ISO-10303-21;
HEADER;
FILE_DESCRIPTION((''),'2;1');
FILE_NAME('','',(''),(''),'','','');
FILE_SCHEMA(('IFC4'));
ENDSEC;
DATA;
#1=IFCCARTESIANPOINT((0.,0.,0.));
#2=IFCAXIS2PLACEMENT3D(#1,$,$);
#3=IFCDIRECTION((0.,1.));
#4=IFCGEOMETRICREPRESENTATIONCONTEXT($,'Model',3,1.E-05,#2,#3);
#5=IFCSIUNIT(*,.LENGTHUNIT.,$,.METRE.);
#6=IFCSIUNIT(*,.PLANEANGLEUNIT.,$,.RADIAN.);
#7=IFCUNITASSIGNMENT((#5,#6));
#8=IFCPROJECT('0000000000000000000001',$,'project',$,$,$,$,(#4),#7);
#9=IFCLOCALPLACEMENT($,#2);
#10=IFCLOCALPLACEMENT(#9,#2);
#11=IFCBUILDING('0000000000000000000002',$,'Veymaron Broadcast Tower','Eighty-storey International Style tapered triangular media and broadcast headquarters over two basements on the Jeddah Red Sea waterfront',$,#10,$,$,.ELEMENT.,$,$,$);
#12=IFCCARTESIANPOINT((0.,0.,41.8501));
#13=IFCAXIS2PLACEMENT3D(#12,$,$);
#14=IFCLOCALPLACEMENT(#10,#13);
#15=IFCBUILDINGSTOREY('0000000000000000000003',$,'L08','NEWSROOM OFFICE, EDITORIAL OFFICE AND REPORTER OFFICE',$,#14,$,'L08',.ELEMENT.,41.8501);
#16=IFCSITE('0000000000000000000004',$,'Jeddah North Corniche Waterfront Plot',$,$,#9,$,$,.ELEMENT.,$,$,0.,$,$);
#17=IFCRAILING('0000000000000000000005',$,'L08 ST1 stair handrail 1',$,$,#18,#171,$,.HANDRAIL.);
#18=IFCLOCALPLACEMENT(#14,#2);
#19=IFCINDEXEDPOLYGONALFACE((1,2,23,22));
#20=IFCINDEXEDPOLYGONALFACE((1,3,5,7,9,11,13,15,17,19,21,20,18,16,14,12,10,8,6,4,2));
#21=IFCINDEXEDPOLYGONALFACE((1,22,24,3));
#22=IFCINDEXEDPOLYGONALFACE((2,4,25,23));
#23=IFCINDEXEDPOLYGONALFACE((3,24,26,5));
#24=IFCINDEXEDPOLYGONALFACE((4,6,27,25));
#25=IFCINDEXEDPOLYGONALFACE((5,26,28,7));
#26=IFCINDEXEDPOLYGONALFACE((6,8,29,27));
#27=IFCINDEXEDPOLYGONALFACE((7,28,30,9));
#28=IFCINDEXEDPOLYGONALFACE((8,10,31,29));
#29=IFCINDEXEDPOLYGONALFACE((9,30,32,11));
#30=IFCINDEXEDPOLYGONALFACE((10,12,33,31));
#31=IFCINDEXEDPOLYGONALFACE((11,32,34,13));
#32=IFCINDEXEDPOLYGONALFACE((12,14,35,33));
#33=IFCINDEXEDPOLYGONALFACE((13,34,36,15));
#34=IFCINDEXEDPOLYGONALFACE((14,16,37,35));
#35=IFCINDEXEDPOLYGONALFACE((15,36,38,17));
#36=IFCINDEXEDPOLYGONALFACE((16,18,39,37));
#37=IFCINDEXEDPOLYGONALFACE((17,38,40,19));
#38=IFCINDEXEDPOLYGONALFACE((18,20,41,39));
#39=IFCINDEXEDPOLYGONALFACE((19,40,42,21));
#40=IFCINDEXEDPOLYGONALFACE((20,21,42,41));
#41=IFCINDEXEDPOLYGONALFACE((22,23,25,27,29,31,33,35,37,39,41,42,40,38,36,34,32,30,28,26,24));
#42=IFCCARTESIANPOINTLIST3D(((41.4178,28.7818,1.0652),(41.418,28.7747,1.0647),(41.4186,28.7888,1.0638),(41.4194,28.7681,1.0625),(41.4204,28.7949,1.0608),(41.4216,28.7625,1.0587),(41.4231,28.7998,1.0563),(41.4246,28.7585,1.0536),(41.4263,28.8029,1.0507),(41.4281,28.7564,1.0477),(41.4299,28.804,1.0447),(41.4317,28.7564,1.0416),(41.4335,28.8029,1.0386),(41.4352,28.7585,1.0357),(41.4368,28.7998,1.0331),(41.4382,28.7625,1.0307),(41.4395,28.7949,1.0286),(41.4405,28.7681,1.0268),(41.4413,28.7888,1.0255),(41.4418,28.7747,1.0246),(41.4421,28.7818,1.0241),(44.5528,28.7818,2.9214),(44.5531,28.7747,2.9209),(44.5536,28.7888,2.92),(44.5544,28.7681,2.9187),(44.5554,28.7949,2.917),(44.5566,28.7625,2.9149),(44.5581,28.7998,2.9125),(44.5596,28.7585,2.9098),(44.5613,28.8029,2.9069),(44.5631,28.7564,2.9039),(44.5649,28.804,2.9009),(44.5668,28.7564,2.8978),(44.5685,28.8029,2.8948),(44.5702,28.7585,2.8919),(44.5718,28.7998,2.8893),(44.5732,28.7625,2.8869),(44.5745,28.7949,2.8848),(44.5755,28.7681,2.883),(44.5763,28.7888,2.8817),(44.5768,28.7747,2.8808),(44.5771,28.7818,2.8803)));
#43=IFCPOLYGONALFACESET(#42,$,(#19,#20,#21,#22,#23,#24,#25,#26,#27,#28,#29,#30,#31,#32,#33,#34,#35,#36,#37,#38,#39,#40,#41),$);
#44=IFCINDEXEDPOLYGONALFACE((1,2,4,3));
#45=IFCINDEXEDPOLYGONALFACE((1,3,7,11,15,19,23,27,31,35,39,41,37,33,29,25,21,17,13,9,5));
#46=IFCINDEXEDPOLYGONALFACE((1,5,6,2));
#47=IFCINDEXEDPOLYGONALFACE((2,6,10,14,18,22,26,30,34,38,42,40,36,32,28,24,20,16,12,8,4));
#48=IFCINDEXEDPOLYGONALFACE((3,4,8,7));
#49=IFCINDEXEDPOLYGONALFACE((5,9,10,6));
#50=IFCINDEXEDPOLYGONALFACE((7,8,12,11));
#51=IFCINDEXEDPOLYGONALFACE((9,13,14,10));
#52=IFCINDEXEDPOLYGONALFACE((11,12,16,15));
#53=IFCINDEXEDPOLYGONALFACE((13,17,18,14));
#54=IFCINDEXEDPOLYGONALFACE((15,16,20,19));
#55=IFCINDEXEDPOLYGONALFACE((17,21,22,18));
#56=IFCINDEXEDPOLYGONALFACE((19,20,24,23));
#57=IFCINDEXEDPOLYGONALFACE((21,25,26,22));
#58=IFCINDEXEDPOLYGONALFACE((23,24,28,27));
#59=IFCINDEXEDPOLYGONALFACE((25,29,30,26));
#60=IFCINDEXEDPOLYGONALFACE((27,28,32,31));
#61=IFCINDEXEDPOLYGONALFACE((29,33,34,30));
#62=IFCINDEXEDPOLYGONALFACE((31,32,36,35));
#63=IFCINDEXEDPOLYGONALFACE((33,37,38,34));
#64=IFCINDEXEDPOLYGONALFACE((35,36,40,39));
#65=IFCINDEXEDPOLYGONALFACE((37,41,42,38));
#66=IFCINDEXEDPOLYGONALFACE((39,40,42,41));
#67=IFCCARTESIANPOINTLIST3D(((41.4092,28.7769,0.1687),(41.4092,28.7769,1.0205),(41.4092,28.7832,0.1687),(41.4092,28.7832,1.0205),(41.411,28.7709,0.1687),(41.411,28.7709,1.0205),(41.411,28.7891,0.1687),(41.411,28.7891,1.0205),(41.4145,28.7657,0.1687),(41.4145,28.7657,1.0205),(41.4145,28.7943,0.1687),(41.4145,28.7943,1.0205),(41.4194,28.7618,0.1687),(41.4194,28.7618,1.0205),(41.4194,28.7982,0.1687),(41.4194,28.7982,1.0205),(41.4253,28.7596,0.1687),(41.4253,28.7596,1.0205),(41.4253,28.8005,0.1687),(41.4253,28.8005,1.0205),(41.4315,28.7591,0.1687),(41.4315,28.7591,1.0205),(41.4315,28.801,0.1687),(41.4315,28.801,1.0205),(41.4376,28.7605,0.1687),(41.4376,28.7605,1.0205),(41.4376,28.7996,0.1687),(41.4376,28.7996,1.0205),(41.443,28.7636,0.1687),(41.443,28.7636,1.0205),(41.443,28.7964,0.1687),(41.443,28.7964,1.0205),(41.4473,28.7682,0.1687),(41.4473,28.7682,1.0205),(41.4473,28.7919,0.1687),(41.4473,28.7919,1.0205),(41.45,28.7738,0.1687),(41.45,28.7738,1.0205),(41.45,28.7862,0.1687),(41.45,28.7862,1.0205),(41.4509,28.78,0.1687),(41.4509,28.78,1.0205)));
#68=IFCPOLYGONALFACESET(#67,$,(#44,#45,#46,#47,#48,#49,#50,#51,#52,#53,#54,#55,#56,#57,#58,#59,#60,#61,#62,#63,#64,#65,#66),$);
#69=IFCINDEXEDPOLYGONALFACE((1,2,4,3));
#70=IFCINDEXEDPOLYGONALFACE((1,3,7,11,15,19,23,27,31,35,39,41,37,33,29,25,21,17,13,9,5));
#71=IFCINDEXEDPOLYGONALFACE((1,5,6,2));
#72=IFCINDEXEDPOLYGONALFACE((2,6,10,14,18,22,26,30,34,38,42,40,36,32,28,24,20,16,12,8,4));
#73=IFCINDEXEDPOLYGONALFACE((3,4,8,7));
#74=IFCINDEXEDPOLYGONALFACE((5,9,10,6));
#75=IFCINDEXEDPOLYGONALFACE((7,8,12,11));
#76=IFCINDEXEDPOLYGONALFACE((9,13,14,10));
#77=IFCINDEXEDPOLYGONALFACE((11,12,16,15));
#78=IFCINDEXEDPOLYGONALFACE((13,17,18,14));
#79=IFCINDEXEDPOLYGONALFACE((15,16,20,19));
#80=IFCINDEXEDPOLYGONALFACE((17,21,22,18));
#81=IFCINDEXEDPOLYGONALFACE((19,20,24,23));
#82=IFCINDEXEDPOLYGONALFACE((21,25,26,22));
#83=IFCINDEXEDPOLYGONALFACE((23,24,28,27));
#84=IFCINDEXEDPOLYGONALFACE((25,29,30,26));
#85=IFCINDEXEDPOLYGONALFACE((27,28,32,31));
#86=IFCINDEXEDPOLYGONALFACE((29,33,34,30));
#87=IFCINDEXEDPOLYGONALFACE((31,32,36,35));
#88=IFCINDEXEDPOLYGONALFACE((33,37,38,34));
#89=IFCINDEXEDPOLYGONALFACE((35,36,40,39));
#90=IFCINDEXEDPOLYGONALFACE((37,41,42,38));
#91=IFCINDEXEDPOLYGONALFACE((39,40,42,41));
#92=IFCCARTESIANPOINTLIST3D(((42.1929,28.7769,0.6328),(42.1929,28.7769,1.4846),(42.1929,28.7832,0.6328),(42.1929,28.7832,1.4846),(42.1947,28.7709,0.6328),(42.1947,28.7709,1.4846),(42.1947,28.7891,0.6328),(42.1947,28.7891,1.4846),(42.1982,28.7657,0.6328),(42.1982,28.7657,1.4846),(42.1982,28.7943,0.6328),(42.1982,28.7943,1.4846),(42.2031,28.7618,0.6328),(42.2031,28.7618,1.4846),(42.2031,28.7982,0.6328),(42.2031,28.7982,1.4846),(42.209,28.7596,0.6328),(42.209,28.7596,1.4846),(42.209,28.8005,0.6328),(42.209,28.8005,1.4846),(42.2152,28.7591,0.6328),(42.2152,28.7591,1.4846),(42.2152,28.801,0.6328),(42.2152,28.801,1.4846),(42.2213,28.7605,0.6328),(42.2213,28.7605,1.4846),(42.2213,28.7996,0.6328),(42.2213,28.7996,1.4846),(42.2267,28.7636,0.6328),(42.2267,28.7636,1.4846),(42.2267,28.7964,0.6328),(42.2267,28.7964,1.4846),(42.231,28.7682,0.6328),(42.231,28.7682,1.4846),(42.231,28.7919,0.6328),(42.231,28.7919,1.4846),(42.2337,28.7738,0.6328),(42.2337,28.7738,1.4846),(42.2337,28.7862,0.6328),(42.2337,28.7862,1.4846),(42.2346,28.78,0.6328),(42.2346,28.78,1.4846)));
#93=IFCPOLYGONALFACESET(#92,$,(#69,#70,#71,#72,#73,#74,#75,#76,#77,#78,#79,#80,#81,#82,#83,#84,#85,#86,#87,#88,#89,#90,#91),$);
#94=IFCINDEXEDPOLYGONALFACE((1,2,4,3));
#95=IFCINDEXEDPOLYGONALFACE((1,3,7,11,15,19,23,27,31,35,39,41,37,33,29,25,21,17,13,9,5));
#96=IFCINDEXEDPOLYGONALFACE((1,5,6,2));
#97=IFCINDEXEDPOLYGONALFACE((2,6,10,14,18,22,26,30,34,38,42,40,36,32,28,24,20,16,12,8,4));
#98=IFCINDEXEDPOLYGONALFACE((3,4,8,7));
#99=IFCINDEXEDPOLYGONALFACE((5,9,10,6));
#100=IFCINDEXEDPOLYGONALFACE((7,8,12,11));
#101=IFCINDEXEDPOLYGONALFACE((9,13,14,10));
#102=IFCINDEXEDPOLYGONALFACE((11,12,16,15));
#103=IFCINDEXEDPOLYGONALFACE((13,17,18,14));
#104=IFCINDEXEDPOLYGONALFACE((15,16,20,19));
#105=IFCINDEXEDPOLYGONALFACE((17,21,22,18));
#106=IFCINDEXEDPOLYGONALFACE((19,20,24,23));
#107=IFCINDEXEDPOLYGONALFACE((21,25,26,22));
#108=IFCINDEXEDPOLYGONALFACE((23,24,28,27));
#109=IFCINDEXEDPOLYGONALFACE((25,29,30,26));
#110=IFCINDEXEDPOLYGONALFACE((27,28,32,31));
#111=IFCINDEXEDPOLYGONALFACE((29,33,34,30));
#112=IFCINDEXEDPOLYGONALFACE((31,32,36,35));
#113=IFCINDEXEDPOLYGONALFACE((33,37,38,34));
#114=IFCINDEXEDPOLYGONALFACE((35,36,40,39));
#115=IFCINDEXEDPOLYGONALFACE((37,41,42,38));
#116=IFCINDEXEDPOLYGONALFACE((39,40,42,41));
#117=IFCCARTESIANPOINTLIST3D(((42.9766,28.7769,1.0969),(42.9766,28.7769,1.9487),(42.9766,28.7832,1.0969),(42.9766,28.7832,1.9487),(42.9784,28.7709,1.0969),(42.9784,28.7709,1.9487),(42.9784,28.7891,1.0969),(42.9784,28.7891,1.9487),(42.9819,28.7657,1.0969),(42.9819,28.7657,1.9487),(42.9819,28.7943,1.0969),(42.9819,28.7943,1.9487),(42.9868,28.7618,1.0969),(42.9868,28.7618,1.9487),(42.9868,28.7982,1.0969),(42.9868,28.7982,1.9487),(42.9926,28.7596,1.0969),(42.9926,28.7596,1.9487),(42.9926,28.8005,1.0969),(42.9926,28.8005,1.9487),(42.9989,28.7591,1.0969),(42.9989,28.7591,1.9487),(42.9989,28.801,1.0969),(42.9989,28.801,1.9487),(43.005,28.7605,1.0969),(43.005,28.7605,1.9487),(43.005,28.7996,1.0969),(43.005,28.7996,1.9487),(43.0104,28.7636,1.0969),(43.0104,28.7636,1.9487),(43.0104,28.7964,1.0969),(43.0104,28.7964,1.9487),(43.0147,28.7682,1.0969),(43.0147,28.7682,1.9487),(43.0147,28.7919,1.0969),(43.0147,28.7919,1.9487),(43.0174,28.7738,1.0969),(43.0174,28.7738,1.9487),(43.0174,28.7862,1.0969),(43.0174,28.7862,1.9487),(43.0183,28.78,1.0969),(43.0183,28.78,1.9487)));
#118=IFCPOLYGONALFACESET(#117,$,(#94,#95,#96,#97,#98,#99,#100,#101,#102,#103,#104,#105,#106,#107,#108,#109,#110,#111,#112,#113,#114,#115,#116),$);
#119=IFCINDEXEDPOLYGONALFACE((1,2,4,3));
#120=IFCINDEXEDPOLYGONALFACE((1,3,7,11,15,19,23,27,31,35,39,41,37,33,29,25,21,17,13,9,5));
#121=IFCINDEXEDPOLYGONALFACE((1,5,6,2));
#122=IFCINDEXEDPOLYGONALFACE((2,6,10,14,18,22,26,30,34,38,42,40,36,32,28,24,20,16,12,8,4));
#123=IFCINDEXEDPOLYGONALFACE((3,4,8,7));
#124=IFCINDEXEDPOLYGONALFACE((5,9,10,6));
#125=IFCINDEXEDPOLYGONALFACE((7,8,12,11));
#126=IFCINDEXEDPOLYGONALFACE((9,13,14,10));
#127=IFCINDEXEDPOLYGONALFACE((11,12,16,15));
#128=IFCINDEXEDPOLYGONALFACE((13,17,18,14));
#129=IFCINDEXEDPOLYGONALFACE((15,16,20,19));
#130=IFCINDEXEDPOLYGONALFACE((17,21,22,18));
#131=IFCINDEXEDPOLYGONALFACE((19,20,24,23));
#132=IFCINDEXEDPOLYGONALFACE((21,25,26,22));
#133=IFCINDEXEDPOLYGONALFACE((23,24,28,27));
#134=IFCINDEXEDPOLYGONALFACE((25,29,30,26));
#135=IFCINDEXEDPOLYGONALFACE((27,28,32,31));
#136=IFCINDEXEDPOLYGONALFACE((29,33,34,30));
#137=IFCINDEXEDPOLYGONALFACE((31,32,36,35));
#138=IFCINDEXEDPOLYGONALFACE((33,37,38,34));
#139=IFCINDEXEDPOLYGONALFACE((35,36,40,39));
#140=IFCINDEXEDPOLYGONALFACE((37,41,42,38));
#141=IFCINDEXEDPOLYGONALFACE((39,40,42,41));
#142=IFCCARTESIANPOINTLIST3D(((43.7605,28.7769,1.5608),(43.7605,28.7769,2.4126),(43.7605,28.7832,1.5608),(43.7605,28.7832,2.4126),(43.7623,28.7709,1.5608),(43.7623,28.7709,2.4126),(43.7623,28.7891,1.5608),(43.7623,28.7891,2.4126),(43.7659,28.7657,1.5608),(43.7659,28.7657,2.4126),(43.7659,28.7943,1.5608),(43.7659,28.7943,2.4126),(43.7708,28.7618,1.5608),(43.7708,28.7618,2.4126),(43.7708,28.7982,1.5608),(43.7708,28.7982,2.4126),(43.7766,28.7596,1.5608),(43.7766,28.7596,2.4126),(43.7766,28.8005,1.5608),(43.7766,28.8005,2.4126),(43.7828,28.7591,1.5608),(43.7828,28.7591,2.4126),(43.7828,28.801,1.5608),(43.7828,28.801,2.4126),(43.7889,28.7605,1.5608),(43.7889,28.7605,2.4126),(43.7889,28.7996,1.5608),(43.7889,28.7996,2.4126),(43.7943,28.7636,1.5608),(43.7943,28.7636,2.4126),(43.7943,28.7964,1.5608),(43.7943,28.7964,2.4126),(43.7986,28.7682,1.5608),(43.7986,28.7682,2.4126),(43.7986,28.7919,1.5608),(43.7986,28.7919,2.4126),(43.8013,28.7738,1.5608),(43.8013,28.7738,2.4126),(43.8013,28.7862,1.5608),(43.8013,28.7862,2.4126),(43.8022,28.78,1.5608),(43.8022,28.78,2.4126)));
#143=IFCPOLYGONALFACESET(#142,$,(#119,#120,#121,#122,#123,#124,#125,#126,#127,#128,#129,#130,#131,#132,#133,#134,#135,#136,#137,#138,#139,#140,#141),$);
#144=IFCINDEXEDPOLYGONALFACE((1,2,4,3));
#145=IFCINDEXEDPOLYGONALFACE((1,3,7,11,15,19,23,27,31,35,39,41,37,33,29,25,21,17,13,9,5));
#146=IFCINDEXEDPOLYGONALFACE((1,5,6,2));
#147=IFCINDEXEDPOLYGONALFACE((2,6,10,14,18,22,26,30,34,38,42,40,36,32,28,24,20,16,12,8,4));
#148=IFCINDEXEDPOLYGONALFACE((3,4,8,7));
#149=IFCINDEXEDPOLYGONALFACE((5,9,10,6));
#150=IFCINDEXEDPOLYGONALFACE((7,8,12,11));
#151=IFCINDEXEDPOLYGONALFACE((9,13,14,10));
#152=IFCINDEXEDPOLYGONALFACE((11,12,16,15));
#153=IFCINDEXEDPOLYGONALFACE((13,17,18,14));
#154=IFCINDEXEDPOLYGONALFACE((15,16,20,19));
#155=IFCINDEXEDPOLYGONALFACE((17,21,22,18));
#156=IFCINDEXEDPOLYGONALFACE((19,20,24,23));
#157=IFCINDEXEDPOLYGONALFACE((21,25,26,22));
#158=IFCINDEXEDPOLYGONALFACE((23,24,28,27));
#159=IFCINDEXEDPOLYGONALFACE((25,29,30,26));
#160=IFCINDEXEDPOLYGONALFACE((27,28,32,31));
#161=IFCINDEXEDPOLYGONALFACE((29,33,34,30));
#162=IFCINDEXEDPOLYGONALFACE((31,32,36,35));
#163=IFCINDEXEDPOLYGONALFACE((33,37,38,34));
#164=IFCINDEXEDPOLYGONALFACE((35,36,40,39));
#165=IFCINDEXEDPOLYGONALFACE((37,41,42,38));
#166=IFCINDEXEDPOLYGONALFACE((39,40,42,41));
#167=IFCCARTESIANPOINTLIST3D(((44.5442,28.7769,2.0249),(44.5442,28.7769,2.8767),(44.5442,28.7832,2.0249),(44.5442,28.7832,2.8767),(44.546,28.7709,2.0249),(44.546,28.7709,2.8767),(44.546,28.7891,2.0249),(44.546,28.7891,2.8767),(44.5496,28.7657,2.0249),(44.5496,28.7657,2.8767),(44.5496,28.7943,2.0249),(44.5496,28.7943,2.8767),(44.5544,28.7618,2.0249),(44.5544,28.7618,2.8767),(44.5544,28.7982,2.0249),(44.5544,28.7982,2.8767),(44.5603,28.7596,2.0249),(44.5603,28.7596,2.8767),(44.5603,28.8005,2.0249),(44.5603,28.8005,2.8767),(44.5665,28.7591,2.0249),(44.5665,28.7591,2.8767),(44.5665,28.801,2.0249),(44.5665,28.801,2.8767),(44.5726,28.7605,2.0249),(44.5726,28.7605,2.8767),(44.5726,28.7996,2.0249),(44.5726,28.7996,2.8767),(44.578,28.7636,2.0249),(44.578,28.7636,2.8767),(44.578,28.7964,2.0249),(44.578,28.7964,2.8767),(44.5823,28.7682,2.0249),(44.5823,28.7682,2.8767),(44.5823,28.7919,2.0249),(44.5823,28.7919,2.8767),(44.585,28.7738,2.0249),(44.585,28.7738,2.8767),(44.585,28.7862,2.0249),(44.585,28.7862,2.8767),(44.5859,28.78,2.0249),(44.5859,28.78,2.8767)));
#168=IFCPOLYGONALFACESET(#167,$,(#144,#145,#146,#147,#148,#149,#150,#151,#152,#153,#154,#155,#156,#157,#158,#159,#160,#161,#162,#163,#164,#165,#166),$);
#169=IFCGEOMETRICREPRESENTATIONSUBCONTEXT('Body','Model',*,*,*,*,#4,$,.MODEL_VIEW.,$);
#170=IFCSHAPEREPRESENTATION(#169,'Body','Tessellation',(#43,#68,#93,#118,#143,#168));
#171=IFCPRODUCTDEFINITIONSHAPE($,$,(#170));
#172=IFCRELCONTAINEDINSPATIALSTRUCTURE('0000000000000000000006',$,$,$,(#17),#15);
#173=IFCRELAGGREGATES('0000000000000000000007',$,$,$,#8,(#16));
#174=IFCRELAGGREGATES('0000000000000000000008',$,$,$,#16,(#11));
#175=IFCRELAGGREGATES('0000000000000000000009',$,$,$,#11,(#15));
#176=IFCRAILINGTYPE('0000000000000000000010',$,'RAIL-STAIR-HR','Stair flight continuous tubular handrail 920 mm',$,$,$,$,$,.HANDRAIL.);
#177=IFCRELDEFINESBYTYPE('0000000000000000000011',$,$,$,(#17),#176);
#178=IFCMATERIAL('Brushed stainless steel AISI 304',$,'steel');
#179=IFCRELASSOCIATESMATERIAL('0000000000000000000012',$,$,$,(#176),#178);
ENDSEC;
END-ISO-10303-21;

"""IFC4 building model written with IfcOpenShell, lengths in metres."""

from ifc_helpers import new_model, si_unit, direction, frame, origin, origin_2d, place, context, subcontext, project, spatial, circle, extrude, material, type_object, element, save


model = new_model("IFC4")

# Units and contexts
model_context = context("Model", 3, precision=1e-05, world=origin(), true_north=direction((0.0, 1.0)))
body_context = subcontext(model_context, "Body", "Model", "MODEL_VIEW")
ifc_project = project(units=[si_unit("LENGTHUNIT", "METRE"), si_unit("PLANEANGLEUNIT", "RADIAN")], contexts=[model_context])

# Site, building, storey
site_placement = place(None, origin())
site = spatial("IfcSite", under=ifc_project, at=site_placement, Name="Jeddah North Corniche Waterfront Plot", CompositionType="ELEMENT", RefElevation=0.0)
building_placement = place(site_placement, origin())
building = spatial("IfcBuilding", under=site, at=building_placement, Name="Veymaron Broadcast Tower", Description="Eighty-storey International Style tapered triangular media and broadcast headquarters over two basements on the Jeddah Red Sea waterfront", CompositionType="ELEMENT")
storey_placement = place(building_placement, frame((0.0, 0.0, 41.8501)))
storey = spatial("IfcBuildingStorey", under=building, at=storey_placement, Name="L08", Description="NEWSROOM OFFICE, EDITORIAL OFFICE AND REPORTER OFFICE", LongName="L08", CompositionType="ELEMENT", Elevation=41.8501)

# Shared definitions
ifc_material_1 = material(Name="Brushed stainless steel AISI 304", Category="steel")

# Railing
railing_type_1 = type_object("IfcRailingType", Name="RAIL-STAIR-HR", Description="Stair flight continuous tubular handrail 920 mm", PredefinedType="HANDRAIL", material=ifc_material_1)
railing_1_placement = place(storey_placement, frame((41.4299, 28.78, 0.1687)))
element("IfcRailing", 1, at=railing_1_placement, inside=storey, type_object=railing_type_1, Name="L08 ST1 stair handrail 1", PredefinedType="HANDRAIL", context=body_context, shape_type="SweptSolid", body=[
    extrude(circle(Radius=0.0239, at=origin_2d()), frame((0.0, 0.0, 0.876), z_axis=(0.860482, 0.0, 0.509481), x_axis=(0.0, 1.0, 0.0)), (0.0, 0.0, 1.0), 3.6433),
    extrude(circle(Radius=0.021, at=origin_2d()), origin(), (0.0, 0.0, 1.0), 0.8518),
    extrude(circle(Radius=0.021, at=origin_2d()), frame((0.7837, 0.0, 0.4641)), (0.0, 0.0, 1.0), 0.8518),
    extrude(circle(Radius=0.021, at=origin_2d()), frame((1.5674, 0.0, 0.9282)), (0.0, 0.0, 1.0), 0.8518),
    extrude(circle(Radius=0.021, at=origin_2d()), frame((2.3513, 0.0, 1.3921)), (0.0, 0.0, 1.0), 0.8518),
    extrude(circle(Radius=0.021, at=origin_2d()), frame((3.135, 0.0, 1.8562)), (0.0, 0.0, 1.0), 0.8518),
])

save(model, "model.ifc")
